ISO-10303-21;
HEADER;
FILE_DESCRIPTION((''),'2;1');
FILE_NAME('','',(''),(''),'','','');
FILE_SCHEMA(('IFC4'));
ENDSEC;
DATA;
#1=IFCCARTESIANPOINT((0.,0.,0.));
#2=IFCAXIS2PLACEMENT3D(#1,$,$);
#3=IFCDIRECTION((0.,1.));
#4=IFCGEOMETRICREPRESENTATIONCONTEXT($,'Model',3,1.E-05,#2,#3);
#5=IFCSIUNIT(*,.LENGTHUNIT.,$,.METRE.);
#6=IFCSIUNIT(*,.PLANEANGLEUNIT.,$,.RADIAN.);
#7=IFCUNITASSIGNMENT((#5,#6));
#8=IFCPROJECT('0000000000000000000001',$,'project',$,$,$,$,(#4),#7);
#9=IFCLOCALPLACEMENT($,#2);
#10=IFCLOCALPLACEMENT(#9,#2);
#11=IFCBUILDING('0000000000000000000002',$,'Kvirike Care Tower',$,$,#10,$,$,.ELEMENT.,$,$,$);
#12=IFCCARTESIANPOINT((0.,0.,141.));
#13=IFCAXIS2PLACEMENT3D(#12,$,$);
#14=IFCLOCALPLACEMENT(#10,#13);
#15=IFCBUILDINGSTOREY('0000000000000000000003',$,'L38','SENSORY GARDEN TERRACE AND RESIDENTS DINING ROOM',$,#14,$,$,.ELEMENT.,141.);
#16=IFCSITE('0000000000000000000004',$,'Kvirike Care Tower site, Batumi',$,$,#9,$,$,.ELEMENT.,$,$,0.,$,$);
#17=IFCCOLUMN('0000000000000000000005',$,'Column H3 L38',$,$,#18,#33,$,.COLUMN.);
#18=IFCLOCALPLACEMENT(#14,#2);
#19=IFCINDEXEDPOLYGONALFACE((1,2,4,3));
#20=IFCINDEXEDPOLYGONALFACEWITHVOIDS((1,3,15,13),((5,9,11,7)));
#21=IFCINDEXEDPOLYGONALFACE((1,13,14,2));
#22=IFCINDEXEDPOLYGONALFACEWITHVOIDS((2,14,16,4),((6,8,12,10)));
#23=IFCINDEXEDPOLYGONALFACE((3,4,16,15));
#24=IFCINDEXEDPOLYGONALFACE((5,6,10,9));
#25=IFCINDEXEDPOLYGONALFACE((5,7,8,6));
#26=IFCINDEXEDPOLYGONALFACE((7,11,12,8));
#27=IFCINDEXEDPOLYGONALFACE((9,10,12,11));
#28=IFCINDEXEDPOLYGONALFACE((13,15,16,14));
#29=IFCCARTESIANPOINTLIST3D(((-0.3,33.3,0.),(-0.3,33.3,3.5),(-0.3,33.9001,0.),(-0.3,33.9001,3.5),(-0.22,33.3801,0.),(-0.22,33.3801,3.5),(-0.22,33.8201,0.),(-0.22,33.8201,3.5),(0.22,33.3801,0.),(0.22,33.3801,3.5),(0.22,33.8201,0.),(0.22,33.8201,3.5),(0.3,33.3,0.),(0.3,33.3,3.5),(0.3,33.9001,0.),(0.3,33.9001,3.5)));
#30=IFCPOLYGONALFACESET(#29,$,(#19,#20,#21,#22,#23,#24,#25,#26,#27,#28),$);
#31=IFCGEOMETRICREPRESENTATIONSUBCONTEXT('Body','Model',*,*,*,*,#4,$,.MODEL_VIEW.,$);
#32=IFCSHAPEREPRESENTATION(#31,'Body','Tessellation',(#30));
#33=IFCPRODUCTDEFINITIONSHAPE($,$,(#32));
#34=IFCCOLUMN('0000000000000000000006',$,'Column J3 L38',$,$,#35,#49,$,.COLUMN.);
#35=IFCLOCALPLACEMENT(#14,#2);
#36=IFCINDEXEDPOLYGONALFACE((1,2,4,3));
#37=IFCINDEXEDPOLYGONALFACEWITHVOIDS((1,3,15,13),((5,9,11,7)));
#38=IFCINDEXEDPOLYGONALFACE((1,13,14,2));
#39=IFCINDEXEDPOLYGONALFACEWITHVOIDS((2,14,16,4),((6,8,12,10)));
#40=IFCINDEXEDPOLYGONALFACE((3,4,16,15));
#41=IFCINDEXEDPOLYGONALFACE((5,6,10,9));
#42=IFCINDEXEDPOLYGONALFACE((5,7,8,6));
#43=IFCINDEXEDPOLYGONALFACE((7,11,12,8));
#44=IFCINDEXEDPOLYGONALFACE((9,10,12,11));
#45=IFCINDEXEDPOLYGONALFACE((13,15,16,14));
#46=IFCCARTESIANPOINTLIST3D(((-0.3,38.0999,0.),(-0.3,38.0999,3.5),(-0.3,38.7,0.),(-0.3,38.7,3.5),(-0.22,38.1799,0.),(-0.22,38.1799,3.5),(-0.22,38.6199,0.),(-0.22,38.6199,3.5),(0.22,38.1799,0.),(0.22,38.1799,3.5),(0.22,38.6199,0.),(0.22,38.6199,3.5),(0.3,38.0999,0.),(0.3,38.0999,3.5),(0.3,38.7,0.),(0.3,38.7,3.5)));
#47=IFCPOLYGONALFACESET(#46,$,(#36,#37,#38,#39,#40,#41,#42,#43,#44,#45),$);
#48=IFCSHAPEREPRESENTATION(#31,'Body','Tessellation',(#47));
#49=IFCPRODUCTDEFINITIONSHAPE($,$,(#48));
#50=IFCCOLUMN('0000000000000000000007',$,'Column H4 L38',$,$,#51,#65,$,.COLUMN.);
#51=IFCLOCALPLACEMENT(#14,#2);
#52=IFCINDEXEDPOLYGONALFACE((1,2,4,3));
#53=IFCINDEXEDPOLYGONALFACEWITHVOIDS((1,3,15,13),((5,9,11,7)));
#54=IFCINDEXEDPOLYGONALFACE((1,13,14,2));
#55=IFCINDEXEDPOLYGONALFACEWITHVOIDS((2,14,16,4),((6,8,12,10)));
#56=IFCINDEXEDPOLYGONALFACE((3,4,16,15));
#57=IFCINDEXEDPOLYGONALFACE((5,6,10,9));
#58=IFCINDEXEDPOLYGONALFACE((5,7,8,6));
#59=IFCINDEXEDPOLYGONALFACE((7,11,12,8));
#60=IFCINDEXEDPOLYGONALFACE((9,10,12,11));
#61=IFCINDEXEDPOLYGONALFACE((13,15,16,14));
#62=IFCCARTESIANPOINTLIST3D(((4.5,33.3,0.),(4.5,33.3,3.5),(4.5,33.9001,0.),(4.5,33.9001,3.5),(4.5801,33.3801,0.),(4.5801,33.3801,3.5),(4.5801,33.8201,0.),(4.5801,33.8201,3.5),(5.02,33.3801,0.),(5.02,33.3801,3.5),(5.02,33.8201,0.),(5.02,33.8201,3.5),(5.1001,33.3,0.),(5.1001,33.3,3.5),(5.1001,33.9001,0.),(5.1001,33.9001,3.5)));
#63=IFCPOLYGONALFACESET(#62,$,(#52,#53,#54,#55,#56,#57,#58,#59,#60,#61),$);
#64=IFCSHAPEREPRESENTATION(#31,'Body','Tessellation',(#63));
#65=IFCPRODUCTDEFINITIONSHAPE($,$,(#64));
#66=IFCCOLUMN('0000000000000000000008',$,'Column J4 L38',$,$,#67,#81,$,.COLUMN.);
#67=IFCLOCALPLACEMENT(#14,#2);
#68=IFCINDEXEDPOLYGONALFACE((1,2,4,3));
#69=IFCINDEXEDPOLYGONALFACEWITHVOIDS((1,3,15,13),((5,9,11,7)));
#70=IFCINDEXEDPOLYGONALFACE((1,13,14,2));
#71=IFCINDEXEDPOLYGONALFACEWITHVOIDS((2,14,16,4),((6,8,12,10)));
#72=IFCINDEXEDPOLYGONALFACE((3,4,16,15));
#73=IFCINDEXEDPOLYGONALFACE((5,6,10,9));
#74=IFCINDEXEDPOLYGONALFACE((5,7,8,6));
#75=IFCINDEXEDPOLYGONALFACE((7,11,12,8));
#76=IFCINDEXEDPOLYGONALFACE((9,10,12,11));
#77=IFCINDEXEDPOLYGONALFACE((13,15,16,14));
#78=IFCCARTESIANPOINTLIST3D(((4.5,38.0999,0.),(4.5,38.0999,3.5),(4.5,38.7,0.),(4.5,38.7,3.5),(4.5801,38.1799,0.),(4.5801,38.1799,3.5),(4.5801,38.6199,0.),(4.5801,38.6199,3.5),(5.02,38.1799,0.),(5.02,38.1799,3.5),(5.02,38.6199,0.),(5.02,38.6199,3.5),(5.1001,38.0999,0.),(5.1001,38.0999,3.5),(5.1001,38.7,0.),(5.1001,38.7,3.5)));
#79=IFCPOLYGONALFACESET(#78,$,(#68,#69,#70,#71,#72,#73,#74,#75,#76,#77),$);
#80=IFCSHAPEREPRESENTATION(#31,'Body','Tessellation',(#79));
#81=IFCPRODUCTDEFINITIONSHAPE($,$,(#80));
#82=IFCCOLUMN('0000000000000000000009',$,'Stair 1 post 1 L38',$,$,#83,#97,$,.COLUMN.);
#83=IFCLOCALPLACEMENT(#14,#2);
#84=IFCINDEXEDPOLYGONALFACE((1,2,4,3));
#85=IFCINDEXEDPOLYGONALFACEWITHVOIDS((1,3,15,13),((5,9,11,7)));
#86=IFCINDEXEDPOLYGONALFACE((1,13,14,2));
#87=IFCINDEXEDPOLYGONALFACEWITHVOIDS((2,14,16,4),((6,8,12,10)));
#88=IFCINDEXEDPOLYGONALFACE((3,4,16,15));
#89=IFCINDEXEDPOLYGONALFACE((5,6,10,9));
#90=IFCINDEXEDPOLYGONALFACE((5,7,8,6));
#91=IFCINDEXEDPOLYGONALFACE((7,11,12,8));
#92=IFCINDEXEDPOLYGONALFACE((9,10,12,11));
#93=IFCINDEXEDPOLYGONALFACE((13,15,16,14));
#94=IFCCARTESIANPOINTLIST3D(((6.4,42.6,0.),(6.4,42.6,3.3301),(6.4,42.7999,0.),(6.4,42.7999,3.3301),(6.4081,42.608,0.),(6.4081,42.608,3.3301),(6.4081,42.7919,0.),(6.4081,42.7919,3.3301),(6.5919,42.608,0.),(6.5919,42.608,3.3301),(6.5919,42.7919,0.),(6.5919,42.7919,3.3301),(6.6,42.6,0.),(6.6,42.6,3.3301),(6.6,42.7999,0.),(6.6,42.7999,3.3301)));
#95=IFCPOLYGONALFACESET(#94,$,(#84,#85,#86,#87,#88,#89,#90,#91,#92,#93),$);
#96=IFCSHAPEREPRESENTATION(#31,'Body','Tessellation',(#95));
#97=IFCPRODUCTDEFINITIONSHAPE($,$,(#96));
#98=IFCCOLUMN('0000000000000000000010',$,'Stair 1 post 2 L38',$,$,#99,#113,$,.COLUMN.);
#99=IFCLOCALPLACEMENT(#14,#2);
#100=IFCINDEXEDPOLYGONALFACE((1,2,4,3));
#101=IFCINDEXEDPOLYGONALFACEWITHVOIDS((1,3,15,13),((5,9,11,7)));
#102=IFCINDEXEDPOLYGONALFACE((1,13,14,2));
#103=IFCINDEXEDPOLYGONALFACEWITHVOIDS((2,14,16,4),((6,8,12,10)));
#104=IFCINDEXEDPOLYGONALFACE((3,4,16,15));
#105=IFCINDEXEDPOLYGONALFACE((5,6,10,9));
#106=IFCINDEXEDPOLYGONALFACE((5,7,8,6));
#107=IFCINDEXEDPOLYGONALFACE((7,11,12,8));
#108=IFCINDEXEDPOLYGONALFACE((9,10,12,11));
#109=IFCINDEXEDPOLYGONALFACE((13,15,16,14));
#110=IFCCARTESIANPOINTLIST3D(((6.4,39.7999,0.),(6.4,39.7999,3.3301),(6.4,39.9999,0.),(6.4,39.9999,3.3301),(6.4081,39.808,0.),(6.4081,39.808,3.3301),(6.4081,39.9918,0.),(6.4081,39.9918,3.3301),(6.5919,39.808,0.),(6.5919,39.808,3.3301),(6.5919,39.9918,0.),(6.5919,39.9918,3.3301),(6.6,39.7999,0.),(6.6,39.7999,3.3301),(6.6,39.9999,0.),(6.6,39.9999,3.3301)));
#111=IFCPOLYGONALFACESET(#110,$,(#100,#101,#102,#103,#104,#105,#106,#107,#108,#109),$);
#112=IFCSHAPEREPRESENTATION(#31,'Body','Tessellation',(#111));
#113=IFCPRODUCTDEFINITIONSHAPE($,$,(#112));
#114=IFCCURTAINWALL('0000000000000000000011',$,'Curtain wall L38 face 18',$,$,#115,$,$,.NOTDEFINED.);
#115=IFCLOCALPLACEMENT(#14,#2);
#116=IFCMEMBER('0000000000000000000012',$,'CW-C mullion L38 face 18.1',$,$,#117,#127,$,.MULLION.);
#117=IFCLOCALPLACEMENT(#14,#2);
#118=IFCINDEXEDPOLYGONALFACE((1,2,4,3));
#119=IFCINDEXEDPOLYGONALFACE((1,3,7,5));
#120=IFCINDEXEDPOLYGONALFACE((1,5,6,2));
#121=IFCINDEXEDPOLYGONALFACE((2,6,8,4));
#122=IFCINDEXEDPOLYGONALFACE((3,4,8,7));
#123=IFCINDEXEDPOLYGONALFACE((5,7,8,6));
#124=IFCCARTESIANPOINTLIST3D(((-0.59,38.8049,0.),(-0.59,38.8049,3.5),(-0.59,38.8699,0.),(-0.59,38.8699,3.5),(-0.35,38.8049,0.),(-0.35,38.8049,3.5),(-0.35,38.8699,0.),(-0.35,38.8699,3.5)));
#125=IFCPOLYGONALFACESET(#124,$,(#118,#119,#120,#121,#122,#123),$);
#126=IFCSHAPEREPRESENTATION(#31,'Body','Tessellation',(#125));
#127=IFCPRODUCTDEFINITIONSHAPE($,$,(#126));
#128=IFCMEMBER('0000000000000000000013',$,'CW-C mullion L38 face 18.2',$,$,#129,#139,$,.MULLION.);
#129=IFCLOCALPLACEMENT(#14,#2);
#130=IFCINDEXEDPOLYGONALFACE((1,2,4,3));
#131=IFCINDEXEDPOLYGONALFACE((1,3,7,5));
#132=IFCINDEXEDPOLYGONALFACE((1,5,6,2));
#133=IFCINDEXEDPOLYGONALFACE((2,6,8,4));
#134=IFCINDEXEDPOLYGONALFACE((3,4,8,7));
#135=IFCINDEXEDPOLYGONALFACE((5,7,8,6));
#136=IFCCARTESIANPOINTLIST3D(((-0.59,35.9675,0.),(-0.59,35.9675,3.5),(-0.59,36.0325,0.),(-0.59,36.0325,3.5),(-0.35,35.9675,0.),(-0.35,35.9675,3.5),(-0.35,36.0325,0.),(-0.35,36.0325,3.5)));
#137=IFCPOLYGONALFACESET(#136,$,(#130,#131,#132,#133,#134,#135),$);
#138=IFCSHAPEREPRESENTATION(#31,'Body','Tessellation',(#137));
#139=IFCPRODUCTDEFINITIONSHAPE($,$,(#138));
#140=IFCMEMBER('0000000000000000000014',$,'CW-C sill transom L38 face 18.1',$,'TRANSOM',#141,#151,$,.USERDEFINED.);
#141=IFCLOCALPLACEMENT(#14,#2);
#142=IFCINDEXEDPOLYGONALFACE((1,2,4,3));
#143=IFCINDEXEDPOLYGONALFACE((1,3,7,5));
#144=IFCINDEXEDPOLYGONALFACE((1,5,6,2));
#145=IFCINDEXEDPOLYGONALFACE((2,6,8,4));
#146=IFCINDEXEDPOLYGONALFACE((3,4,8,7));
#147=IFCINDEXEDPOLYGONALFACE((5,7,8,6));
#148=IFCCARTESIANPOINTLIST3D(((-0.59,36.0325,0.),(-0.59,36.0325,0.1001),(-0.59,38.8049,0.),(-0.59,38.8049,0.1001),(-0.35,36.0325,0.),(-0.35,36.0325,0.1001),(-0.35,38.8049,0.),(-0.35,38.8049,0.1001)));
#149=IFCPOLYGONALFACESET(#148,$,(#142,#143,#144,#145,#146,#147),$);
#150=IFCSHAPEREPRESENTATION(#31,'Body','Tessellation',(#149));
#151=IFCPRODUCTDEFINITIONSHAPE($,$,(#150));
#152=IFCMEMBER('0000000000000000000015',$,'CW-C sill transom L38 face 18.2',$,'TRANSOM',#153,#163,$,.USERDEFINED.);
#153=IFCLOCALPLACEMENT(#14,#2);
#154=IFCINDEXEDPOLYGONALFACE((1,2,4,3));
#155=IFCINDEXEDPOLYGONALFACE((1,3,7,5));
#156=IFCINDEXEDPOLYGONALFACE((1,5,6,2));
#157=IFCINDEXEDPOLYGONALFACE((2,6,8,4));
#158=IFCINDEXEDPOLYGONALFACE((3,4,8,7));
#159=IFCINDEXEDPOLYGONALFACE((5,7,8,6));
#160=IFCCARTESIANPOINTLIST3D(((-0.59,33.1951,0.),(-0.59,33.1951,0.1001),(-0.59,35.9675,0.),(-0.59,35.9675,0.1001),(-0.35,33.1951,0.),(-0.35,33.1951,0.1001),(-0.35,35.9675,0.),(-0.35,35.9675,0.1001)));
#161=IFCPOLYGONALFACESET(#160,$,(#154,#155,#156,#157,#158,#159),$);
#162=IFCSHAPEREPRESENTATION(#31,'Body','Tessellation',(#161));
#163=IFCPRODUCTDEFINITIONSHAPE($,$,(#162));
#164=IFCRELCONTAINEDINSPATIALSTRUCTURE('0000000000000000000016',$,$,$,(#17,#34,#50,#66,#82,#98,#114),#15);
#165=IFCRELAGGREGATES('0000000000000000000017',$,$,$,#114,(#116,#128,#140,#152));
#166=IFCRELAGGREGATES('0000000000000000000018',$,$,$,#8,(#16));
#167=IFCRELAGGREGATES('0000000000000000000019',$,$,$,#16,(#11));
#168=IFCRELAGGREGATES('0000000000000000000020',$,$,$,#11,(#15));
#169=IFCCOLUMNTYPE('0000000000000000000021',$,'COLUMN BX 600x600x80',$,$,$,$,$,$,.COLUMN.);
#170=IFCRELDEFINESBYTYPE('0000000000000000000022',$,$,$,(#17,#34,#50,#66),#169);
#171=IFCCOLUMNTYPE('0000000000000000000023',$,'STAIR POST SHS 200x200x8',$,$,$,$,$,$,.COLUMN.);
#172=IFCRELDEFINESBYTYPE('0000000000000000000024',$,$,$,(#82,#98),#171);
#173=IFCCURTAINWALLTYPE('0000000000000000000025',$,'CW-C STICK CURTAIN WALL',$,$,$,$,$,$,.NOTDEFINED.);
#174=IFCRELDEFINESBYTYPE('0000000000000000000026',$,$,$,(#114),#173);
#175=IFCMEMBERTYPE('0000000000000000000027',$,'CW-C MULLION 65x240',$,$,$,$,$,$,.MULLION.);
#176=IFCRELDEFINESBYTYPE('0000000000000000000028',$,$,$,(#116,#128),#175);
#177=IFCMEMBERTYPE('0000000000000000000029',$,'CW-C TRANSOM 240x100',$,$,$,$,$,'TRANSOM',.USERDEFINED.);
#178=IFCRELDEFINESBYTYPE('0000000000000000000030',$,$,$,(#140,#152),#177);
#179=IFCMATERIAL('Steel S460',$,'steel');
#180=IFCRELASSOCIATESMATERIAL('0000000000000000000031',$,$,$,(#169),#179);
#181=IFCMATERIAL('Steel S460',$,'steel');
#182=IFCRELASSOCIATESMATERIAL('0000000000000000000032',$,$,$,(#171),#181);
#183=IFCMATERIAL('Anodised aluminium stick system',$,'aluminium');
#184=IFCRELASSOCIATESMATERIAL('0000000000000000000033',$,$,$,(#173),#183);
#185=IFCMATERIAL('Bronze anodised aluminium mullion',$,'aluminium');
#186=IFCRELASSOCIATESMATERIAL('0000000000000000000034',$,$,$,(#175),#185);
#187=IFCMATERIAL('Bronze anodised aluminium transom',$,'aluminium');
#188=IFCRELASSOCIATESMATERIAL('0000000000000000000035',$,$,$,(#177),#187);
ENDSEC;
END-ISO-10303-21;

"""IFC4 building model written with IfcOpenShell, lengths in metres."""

from ifc_helpers import new_model, si_unit, direction, frame, origin, origin_2d, place, context, subcontext, project, spatial, rectangle, hollow_rectangle, extrude, material, material_profile, profile_set, type_object, element, aggregate, save


model = new_model("IFC4")

# Units and contexts
model_context = context("Model", 3, precision=1e-05, world=origin(), true_north=direction((0.0, 1.0)))
body_context = subcontext(model_context, "Body", "Model", "MODEL_VIEW")
ifc_project = project(units=[si_unit("LENGTHUNIT", "METRE"), si_unit("PLANEANGLEUNIT", "RADIAN")], contexts=[model_context])

# Site, building, storey
site_placement = place(None, origin())
site = spatial("IfcSite", under=ifc_project, at=site_placement, Name="Kvirike Care Tower site, Batumi", CompositionType="ELEMENT", RefElevation=0.0)
building_placement = place(site_placement, origin())
building = spatial("IfcBuilding", under=site, at=building_placement, Name="Kvirike Care Tower", CompositionType="ELEMENT")
storey_placement = place(building_placement, frame((0.0, 0.0, 141.0)))
storey = spatial("IfcBuildingStorey", under=building, at=storey_placement, Name="L38", Description="SENSORY GARDEN TERRACE AND RESIDENTS DINING ROOM", CompositionType="ELEMENT", Elevation=141.0)

# Columns
ifc_material_1 = material(Name="Steel S460", Category="steel")
ifc_material_profile_1 = material_profile(ifc_material_1, hollow_rectangle(XDim=0.6001, YDim=0.6001, WallThickness=0.0801, at=origin_2d()), Name="BX 600x600x80")
ifc_profile_set_1 = profile_set([ifc_material_profile_1], Name="Steel S460")
column_type_1 = type_object("IfcColumnType", Name="COLUMN BX 600x600x80", PredefinedType="COLUMN", material=ifc_profile_set_1)
for number, where, z_axis, x_axis, name in (
    (1, (0.0, 33.6001, 0.0), (0.0, 0.0, 1.0), (0.0, 1.0, 0.0), "Column H3 L38"),
    (2, (0.0, 38.3999, 0.0), (0.0, 0.0, 1.0), (0.0, 1.0, 0.0), "Column J3 L38"),
    (3, (4.8, 33.6001, 0.0), (0.0, 0.0, 1.0), (0.0, 1.0, 0.0), "Column H4 L38"),
    (4, (4.8, 38.3999, 0.0), (0.0, 0.0, 1.0), (0.0, 1.0, 0.0), "Column J4 L38"),
):
    element("IfcColumn", number, at=place(storey_placement, frame(where, z_axis=z_axis, x_axis=x_axis)), inside=storey, type_object=column_type_1, Name=name, PredefinedType="COLUMN", context=body_context, shape_type="SweptSolid", body=[
        extrude(hollow_rectangle(XDim=0.6001, YDim=0.6001, WallThickness=0.0801, at=origin_2d()), origin(), (0.0, 0.0, 1.0), 3.5),
    ])
ifc_material_2 = material(Name="Steel S460", Category="steel")
ifc_material_profile_2 = material_profile(ifc_material_2, hollow_rectangle(XDim=0.2, YDim=0.2, WallThickness=0.0081, at=origin_2d()), Name="SHS 200x200x8")
ifc_profile_set_2 = profile_set([ifc_material_profile_2], Name="Steel S460")
column_type_2 = type_object("IfcColumnType", Name="STAIR POST SHS 200x200x8", PredefinedType="COLUMN", material=ifc_profile_set_2)
for number, where, z_axis, x_axis, name in (
    (5, (6.5, 42.7, 0.0), (0.0, 0.0, 1.0), (1.0, 0.0, 0.0), "Stair 1 post 1 L38"),
    (6, (6.5, 39.8999, 0.0), (0.0, 0.0, 1.0), (1.0, 0.0, 0.0), "Stair 1 post 2 L38"),
):
    element("IfcColumn", number, at=place(storey_placement, frame(where, z_axis=z_axis, x_axis=x_axis)), inside=storey, type_object=column_type_2, Name=name, PredefinedType="COLUMN", context=body_context, shape_type="SweptSolid", body=[
        extrude(hollow_rectangle(XDim=0.2, YDim=0.2, WallThickness=0.0081, at=origin_2d()), origin(), (0.0, 0.0, 1.0), 3.3301),
    ])

# Curtain wall, members
ifc_material_3 = material(Name="Anodised aluminium stick system", Category="aluminium")
curtain_wall_type = type_object("IfcCurtainWallType", Name="CW-C STICK CURTAIN WALL", PredefinedType="NOTDEFINED", material=ifc_material_3)
curtain_wall_placement = place(storey_placement, origin())
curtain_wall = element("IfcCurtainWall", 7, at=curtain_wall_placement, inside=storey, type_object=curtain_wall_type, Name="Curtain wall L38 face 18", PredefinedType="NOTDEFINED")
ifc_material_4 = material(Name="Bronze anodised aluminium mullion", Category="aluminium")
ifc_material_profile_3 = material_profile(ifc_material_4, rectangle(XDim=0.0649, YDim=0.24, at=origin_2d()), Name="CW-C MULLION 65x240")
ifc_profile_set_3 = profile_set([ifc_material_profile_3], Name="Bronze anodised aluminium mullion")
member_type_1 = type_object("IfcMemberType", Name="CW-C MULLION 65x240", PredefinedType="MULLION", material=ifc_profile_set_3)
member_1_placement = place(storey_placement, frame((-0.47, 38.8374, 0.0), z_axis=(0.0, 0.0, 1.0), x_axis=(0.0, -1.0, 0.0)))
member_1 = element("IfcMember", 8, at=member_1_placement, type_object=member_type_1, Name="CW-C mullion L38 face 18.1", PredefinedType="MULLION", context=body_context, shape_type="SweptSolid", body=[
    extrude(rectangle(XDim=0.0649, YDim=0.24, at=origin_2d()), origin(), (0.0, 0.0, 1.0), 3.5),
])
member_2_placement = place(storey_placement, frame((-0.47, 36.0, 0.0), z_axis=(0.0, 0.0, 1.0), x_axis=(0.0, -1.0, 0.0)))
member_2 = element("IfcMember", 9, at=member_2_placement, type_object=member_type_1, Name="CW-C mullion L38 face 18.2", PredefinedType="MULLION", context=body_context, shape_type="SweptSolid", body=[
    extrude(rectangle(XDim=0.0649, YDim=0.24, at=origin_2d()), origin(), (0.0, 0.0, 1.0), 3.5),
])
ifc_material_5 = material(Name="Bronze anodised aluminium transom", Category="aluminium")
ifc_material_profile_4 = material_profile(ifc_material_5, rectangle(XDim=0.24, YDim=0.1001, at=origin_2d()), Name="CW-C TRANSOM 240x100")
ifc_profile_set_4 = profile_set([ifc_material_profile_4], Name="Bronze anodised aluminium transom")
member_type_2 = type_object("IfcMemberType", Name="CW-C TRANSOM 240x100", ElementType="TRANSOM", PredefinedType="USERDEFINED", material=ifc_profile_set_4)
member_3_placement = place(storey_placement, frame((-0.47, 38.8049, 0.05), z_axis=(0.0, -1.0, 0.0), x_axis=(1.0, 0.0, 0.0)))
member_3 = element("IfcMember", 10, at=member_3_placement, type_object=member_type_2, Name="CW-C sill transom L38 face 18.1", ObjectType="TRANSOM", PredefinedType="USERDEFINED", context=body_context, shape_type="SweptSolid", body=[
    extrude(rectangle(XDim=0.24, YDim=0.1001, at=origin_2d()), origin(), (0.0, 0.0, 1.0), 2.7725),
])
member_4_placement = place(storey_placement, frame((-0.47, 35.9675, 0.05), z_axis=(0.0, -1.0, 0.0), x_axis=(1.0, 0.0, 0.0)))
member_4 = element("IfcMember", 11, at=member_4_placement, type_object=member_type_2, Name="CW-C sill transom L38 face 18.2", ObjectType="TRANSOM", PredefinedType="USERDEFINED", context=body_context, shape_type="SweptSolid", body=[
    extrude(rectangle(XDim=0.24, YDim=0.1001, at=origin_2d()), origin(), (0.0, 0.0, 1.0), 2.7725),
])

aggregate(curtain_wall, [member_1, member_2, member_3, member_4])

save(model, "model.ifc")
